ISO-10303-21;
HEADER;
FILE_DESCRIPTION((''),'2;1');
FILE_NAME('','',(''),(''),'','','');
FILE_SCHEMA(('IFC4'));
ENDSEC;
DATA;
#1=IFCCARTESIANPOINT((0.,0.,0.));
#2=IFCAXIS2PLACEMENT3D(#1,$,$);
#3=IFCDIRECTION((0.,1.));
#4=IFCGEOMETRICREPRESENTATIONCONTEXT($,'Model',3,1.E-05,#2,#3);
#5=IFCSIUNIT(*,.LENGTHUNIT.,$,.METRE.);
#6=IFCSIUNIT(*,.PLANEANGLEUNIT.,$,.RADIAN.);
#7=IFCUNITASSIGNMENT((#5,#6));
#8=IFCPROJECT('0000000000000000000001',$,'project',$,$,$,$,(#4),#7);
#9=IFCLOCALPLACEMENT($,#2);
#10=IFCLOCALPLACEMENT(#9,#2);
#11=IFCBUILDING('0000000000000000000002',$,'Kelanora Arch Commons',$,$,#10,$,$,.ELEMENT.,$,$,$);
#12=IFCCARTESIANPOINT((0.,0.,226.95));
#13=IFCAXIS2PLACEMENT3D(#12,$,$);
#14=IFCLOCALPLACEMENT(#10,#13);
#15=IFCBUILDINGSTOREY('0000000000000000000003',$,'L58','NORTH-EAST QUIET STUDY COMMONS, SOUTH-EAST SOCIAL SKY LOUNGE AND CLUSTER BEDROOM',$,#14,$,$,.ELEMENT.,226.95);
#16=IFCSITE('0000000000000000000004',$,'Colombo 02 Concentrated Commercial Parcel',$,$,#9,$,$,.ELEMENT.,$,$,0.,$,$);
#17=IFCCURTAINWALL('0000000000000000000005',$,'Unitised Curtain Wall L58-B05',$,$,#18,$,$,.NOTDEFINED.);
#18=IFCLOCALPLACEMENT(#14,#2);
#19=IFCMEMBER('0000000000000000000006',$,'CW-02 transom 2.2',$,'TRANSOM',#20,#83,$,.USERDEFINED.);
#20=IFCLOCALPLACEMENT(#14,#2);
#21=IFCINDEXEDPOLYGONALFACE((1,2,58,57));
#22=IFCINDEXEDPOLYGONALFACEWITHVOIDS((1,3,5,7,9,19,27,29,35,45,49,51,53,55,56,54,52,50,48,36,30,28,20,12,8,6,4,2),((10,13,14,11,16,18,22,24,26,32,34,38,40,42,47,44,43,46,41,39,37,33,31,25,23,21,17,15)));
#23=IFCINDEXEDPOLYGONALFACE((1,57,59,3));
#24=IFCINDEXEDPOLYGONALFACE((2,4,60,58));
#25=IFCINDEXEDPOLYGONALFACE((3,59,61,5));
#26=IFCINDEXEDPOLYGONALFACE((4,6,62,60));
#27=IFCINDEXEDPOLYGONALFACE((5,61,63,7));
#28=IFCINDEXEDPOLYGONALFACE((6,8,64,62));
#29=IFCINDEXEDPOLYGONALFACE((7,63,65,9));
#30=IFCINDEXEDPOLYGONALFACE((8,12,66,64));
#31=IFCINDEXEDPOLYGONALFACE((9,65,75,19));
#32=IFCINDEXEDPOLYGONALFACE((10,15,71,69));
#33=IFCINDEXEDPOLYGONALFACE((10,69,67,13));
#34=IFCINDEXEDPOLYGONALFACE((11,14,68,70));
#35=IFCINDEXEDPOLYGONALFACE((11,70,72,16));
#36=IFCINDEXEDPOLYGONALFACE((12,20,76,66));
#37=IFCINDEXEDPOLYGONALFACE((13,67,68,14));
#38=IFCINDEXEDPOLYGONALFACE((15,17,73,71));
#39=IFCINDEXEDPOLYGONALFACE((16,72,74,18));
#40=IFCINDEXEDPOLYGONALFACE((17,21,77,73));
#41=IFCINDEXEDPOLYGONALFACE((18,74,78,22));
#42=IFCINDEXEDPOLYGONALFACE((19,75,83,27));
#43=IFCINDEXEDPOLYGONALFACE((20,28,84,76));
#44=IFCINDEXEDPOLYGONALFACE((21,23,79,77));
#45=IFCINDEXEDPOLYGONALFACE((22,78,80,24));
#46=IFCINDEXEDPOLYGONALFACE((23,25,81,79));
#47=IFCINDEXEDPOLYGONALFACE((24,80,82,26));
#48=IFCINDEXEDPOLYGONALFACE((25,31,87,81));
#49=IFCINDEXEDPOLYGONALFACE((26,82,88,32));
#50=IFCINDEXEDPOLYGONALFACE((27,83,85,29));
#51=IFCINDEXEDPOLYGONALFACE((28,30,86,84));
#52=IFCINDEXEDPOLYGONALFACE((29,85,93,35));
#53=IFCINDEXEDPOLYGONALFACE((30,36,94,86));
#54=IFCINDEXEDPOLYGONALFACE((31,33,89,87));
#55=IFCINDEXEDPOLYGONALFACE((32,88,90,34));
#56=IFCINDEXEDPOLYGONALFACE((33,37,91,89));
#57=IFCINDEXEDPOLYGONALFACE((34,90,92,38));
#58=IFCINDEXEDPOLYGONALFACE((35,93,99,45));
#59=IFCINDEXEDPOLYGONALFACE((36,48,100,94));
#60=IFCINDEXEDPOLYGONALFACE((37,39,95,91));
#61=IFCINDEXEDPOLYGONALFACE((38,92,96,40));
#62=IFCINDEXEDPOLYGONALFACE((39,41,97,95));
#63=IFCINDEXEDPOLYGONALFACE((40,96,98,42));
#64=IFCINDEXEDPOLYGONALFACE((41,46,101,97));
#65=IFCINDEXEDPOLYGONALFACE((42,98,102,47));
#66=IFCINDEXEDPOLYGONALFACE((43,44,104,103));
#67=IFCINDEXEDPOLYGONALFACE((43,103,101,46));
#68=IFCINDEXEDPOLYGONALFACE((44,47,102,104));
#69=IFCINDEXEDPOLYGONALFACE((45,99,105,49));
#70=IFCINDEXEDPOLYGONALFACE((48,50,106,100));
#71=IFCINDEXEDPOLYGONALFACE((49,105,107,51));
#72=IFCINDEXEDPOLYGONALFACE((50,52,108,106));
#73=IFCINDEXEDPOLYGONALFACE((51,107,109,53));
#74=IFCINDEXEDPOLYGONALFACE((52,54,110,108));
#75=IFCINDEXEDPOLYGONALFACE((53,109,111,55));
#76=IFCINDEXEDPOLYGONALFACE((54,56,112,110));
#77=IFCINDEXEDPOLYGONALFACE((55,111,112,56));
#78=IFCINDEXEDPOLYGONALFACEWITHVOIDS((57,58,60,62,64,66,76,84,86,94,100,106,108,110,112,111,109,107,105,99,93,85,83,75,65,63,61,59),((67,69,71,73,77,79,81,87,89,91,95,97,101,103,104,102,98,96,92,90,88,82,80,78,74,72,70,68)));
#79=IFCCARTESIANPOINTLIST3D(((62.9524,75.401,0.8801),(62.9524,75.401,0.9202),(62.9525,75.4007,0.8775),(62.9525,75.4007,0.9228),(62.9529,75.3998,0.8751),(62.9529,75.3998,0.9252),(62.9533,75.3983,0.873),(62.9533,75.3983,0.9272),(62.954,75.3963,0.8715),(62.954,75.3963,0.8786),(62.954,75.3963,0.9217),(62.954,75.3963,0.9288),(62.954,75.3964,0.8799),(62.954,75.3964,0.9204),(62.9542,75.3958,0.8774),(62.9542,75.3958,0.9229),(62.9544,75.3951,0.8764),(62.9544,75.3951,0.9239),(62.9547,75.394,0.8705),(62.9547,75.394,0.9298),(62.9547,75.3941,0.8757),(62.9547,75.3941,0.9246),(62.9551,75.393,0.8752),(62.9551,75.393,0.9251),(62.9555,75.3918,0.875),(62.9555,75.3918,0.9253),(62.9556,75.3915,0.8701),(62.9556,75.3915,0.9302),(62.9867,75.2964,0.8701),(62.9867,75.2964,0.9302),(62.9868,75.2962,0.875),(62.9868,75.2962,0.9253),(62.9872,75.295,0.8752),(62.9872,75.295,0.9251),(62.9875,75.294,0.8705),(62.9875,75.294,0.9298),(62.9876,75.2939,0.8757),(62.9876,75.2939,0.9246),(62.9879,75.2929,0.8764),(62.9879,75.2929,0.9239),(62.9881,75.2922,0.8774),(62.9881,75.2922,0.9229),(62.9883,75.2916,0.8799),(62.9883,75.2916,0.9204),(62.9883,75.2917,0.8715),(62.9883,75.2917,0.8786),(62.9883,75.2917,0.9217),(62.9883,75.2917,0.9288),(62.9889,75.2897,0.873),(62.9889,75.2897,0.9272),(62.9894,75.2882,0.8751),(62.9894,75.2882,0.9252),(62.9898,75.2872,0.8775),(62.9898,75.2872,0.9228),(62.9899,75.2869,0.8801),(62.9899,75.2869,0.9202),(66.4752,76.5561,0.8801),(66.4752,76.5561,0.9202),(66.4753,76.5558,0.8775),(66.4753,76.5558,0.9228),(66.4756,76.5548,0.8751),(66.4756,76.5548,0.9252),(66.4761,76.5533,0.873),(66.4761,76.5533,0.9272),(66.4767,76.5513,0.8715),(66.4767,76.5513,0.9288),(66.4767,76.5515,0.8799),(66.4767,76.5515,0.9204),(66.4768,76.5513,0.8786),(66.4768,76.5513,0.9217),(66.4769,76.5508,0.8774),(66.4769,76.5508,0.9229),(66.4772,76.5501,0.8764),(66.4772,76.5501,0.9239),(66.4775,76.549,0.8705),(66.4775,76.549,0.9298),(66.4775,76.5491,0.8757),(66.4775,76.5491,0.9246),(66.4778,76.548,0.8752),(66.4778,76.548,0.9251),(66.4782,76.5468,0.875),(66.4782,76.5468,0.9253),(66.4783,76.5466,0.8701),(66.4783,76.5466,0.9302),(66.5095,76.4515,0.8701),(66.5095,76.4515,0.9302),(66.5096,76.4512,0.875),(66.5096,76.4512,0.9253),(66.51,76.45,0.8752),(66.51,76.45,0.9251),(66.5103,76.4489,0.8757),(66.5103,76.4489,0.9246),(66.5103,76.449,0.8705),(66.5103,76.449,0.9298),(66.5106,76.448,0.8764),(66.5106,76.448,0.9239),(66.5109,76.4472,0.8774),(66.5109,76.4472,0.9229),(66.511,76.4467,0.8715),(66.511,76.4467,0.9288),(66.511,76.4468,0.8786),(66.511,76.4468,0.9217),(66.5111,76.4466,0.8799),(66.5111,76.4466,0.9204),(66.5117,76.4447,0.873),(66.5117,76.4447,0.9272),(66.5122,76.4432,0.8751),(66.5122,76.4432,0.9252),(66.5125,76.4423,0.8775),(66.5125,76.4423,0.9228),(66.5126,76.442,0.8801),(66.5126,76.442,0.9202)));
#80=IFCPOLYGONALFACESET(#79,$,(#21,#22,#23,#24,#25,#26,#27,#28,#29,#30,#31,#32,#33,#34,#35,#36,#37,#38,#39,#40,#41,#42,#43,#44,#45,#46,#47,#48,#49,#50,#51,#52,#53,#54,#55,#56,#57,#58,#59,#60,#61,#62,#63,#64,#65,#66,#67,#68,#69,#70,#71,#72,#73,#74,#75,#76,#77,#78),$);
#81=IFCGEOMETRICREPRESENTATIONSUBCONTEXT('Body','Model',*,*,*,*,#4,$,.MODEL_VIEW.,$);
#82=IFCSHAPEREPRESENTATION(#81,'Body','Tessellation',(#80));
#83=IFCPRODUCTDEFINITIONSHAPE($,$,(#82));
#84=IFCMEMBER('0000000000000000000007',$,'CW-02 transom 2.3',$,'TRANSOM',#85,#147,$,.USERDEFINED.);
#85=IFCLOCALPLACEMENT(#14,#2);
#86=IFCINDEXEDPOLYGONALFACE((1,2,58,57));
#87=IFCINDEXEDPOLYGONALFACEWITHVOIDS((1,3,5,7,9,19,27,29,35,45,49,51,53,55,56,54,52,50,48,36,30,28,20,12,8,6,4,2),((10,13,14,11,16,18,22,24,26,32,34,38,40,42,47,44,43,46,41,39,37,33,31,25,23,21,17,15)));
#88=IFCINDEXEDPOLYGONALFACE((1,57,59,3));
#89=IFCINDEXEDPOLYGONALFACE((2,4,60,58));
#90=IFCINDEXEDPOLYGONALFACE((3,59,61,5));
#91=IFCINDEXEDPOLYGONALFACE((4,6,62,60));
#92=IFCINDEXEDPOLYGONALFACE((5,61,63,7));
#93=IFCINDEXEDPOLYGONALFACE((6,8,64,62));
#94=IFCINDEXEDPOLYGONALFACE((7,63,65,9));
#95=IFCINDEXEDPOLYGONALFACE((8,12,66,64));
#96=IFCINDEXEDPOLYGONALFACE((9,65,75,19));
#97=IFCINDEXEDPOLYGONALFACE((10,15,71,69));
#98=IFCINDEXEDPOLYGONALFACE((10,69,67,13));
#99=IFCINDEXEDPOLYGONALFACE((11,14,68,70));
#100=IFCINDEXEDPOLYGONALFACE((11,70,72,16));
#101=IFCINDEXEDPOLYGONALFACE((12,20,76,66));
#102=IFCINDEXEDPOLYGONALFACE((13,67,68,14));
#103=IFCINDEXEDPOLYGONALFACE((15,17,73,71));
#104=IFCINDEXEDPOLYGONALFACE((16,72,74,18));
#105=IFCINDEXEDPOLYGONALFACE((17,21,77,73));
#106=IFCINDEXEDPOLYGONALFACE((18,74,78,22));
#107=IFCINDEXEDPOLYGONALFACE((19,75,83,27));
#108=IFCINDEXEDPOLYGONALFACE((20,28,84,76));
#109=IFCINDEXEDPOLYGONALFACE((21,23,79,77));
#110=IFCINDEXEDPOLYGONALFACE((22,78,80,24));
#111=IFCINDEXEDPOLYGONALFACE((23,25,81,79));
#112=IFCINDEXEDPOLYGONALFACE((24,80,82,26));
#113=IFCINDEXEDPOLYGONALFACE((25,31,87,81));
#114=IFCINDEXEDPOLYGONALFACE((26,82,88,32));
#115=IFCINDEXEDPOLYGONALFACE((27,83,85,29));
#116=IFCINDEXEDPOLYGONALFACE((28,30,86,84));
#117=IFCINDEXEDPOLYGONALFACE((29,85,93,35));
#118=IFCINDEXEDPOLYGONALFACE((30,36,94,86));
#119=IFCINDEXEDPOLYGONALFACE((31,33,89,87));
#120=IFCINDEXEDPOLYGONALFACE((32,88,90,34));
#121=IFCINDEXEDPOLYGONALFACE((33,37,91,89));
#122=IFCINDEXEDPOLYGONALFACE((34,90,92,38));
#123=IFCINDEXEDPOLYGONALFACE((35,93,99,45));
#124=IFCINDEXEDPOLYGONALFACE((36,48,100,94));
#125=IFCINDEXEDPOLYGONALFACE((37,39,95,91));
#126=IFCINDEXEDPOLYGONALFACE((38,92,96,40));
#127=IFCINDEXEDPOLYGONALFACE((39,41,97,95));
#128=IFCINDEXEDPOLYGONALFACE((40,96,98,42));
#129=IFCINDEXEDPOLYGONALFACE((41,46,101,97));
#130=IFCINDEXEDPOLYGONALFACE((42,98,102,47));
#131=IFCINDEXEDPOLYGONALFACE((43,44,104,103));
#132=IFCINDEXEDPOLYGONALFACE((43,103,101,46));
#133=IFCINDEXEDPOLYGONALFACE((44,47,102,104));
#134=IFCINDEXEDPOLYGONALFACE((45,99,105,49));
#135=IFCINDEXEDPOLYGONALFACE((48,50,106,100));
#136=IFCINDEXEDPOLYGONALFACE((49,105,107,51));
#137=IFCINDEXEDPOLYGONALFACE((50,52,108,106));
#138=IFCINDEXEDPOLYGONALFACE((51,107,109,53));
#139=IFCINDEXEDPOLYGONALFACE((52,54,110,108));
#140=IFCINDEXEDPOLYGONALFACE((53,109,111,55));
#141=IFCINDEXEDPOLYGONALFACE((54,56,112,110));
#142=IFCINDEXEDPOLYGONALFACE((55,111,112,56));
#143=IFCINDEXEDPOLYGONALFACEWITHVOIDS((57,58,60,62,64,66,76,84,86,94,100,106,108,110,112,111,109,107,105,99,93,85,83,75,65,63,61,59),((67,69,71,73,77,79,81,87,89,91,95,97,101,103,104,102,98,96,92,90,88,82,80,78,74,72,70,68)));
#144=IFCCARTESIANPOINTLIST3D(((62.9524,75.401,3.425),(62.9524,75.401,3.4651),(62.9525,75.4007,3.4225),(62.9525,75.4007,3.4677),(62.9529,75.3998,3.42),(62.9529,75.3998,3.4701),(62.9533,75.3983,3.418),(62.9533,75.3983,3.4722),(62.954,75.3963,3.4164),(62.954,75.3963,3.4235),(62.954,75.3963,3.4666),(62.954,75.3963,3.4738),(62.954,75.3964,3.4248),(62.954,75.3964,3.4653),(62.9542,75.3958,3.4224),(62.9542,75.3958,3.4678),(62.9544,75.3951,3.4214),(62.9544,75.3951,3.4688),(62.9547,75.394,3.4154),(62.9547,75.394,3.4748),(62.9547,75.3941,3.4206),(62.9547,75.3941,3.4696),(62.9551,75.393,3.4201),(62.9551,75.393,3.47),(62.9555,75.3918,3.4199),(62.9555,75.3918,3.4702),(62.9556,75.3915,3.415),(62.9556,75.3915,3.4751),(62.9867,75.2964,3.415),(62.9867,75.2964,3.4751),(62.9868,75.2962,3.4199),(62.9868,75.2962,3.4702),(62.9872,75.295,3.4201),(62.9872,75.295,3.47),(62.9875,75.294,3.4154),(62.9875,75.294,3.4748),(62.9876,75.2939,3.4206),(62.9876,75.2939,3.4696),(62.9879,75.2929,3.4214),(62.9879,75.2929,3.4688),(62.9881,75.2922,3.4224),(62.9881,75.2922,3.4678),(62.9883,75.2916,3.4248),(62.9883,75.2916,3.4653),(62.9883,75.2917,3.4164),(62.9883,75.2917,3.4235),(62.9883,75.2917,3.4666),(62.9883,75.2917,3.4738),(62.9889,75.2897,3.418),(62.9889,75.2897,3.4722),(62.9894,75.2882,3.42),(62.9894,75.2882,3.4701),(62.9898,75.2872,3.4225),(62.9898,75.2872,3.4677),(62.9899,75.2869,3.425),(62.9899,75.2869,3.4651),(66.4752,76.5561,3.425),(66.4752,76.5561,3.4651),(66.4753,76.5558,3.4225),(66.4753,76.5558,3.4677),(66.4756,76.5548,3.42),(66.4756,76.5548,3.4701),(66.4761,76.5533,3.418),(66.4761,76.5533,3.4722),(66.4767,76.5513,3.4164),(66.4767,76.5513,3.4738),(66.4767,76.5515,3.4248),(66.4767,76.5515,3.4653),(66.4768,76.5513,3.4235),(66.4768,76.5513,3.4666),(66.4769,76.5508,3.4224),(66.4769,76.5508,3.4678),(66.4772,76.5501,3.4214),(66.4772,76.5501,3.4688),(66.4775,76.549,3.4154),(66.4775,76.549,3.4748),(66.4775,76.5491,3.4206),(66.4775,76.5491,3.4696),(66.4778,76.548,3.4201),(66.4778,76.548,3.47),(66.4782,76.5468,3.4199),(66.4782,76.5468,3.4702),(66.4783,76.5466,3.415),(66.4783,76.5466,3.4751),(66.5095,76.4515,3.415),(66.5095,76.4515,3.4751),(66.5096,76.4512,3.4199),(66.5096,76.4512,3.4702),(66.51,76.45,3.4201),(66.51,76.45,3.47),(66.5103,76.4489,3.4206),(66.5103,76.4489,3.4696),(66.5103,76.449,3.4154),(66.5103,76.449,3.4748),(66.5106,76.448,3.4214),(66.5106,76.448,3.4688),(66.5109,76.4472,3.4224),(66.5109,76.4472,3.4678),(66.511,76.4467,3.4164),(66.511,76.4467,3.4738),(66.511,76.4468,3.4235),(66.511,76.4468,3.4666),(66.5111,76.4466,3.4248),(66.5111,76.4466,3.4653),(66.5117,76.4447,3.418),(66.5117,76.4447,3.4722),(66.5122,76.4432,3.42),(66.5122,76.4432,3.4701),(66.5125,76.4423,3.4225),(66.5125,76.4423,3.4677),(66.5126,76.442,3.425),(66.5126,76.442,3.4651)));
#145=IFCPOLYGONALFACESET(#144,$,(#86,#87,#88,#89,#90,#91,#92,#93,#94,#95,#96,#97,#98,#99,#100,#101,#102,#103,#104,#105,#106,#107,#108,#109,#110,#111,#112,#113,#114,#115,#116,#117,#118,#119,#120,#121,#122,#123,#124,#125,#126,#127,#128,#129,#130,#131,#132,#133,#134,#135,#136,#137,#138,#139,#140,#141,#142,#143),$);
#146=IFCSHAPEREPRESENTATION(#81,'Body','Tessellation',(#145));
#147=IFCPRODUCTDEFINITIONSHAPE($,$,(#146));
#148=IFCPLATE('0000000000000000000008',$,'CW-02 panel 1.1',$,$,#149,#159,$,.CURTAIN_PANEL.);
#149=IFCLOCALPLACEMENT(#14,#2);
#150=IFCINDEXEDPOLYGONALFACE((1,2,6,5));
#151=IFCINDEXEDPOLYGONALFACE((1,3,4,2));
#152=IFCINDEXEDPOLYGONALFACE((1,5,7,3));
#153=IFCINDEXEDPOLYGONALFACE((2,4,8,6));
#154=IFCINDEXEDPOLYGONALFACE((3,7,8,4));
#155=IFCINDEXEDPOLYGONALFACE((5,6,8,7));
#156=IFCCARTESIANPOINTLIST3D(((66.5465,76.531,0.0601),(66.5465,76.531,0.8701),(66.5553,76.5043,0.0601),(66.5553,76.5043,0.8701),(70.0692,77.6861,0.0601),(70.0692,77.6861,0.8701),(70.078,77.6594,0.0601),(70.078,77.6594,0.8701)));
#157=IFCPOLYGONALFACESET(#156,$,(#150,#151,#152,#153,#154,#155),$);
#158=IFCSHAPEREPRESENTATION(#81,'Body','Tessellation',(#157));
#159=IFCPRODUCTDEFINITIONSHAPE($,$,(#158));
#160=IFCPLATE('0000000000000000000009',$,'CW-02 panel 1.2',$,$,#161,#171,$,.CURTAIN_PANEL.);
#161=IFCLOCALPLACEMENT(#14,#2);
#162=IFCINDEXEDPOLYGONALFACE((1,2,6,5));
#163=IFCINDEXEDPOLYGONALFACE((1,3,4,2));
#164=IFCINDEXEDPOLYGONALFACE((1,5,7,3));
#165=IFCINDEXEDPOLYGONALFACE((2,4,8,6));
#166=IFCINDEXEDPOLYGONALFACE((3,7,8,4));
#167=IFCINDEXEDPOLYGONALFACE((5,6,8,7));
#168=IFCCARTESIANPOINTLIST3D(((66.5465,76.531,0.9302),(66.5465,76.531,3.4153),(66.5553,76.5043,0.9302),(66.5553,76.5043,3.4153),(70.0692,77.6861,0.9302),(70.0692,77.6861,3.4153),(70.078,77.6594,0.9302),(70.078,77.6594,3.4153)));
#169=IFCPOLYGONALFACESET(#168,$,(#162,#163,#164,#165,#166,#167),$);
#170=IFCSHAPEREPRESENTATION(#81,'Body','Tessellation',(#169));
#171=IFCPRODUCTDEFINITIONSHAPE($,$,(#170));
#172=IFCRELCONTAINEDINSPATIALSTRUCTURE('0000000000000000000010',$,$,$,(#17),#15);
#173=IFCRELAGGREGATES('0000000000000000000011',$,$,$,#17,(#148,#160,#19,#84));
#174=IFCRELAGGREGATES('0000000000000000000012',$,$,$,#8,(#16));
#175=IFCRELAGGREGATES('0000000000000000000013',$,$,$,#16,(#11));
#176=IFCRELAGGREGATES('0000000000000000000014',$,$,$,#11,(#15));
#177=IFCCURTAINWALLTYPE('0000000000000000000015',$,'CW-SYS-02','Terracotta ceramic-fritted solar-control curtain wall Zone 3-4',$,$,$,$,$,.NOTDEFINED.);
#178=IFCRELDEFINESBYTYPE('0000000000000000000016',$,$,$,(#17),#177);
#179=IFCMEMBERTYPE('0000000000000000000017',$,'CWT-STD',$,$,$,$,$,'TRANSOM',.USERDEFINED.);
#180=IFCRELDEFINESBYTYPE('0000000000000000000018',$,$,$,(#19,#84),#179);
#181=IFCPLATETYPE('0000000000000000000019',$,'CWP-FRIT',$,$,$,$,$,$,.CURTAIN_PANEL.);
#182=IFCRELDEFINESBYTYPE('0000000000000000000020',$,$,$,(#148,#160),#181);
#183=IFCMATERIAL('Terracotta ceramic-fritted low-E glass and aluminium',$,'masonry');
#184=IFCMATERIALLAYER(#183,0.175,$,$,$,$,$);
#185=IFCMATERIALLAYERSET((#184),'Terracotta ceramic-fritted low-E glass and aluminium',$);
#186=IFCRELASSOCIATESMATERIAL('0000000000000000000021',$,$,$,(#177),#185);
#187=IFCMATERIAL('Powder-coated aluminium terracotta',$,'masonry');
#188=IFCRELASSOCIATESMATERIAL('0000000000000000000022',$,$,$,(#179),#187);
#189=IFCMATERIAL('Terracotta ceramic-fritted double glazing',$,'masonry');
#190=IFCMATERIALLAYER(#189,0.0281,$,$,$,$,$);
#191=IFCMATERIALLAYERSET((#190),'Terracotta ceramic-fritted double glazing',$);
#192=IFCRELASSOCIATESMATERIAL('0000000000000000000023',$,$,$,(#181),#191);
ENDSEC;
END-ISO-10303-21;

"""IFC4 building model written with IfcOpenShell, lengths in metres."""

from ifc_helpers import new_model, si_unit, direction, frame, origin, origin_2d, place, context, subcontext, project, spatial, rectangle, hollow_rectangle, extrude, source, transform, mapped, material, layer, layer_set, material_profile, profile_set, type_object, element, aggregate, save


model = new_model("IFC4")

# Units and contexts
model_context = context("Model", 3, precision=1e-05, world=origin(), true_north=direction((0.0, 1.0)))
body_context = subcontext(model_context, "Body", "Model", "MODEL_VIEW")
ifc_project = project(units=[si_unit("LENGTHUNIT", "METRE"), si_unit("PLANEANGLEUNIT", "RADIAN")], contexts=[model_context])

# Site, building, storey
site_placement = place(None, origin())
site = spatial("IfcSite", under=ifc_project, at=site_placement, Name="Colombo 02 Concentrated Commercial Parcel", CompositionType="ELEMENT", RefElevation=0.0)
building_placement = place(site_placement, origin())
building = spatial("IfcBuilding", under=site, at=building_placement, Name="Kelanora Arch Commons", CompositionType="ELEMENT")
storey_placement = place(building_placement, frame((0.0, 0.0, 226.95)))
storey = spatial("IfcBuildingStorey", under=building, at=storey_placement, Name="L58", Description="NORTH-EAST QUIET STUDY COMMONS, SOUTH-EAST SOCIAL SKY LOUNGE AND CLUSTER BEDROOM", CompositionType="ELEMENT", Elevation=226.95)

# Curtain wall, members, plates
ifc_material_1 = material(Name="Terracotta ceramic-fritted low-E glass and aluminium", Category="masonry")
ifc_layer_1 = layer(ifc_material_1, 0.175)
ifc_layer_set_1 = layer_set([ifc_layer_1], Name="Terracotta ceramic-fritted low-E glass and aluminium")
curtain_wall_type = type_object("IfcCurtainWallType", Name="CW-SYS-02", Description="Terracotta ceramic-fritted solar-control curtain wall Zone 3-4", PredefinedType="NOTDEFINED", material=ifc_layer_set_1)
curtain_wall_placement = place(storey_placement, origin())
curtain_wall = element("IfcCurtainWall", 1, at=curtain_wall_placement, inside=storey, type_object=curtain_wall_type, Name="Unitised Curtain Wall L58-B05", PredefinedType="NOTDEFINED")
ifc_material_2 = material(Name="Powder-coated aluminium terracotta", Category="masonry")
ifc_material_profile_1 = material_profile(ifc_material_2, hollow_rectangle(XDim=0.1201, YDim=0.0601, WallThickness=0.0049, InnerFilletRadius=0.0049, OuterFilletRadius=0.01, at=origin_2d()), Name="CWT120x60")
ifc_profile_set_1 = profile_set([ifc_material_profile_1], Name="Powder-coated aluminium terracotta")
member_type_1 = type_object("IfcMemberType", Name="CWT-STD", ElementType="TRANSOM", PredefinedType="USERDEFINED", material=ifc_profile_set_1)
member_1_placement = place(storey_placement, frame((66.4939, 76.499, 0.9001), z_axis=(-0.950226, -0.311561, 0.0), x_axis=(0.311561, -0.950226, 0.0)))
member_1 = element("IfcMember", 2, at=member_1_placement, type_object=member_type_1, Name="CW-02 transom 2.2", ObjectType="TRANSOM", PredefinedType="USERDEFINED", context=body_context, shape_type="SweptSolid", body=[
    extrude(hollow_rectangle(XDim=0.1201, YDim=0.0601, WallThickness=0.0049, InnerFilletRadius=0.0049, OuterFilletRadius=0.01, at=origin_2d()), origin(), (0.0, 0.0, 1.0), 3.7073),
])
member_2_placement = place(storey_placement, frame((66.4939, 76.499, 3.4451), z_axis=(-0.950226, -0.311561, 0.0), x_axis=(0.311561, -0.950226, 0.0)))
member_2 = element("IfcMember", 3, at=member_2_placement, type_object=member_type_1, Name="CW-02 transom 2.3", ObjectType="TRANSOM", PredefinedType="USERDEFINED", context=body_context, shape_type="SweptSolid", body=[
    extrude(hollow_rectangle(XDim=0.1201, YDim=0.0601, WallThickness=0.0049, InnerFilletRadius=0.0049, OuterFilletRadius=0.01, at=origin_2d()), origin(), (0.0, 0.0, 1.0), 3.7073),
])
ifc_material_3 = material(Name="Terracotta ceramic-fritted double glazing", Category="masonry")
ifc_layer_2 = layer(ifc_material_3, 0.0281)
ifc_layer_set_2 = layer_set([ifc_layer_2], Name="Terracotta ceramic-fritted double glazing")
plate_type = type_object("IfcPlateType", Name="CWP-FRIT", PredefinedType="CURTAIN_PANEL", material=ifc_layer_set_2)
shared_shape_1 = source(origin(), body_context, "Body", "SweptSolid", [
    extrude(rectangle(XDim=3.7073, YDim=0.0281, at=origin_2d()), origin(), (0.0, 0.0, 1.0), 0.8101),
])
plate_1_placement = place(storey_placement, frame((68.3123, 77.0952, 0.0601), z_axis=(0.0, 0.0, 1.0), x_axis=(-0.950219, -0.311582, 0.0)))
plate_1 = element("IfcPlate", 4, at=plate_1_placement, type_object=plate_type, Name="CW-02 panel 1.1", PredefinedType="CURTAIN_PANEL", context=body_context, shape_type="MappedRepresentation", body=[
    mapped(shared_shape_1, transform((0.0, 0.0, 0.0), scale=1.0)),
])
shared_shape_2 = source(origin(), body_context, "Body", "SweptSolid", [
    extrude(rectangle(XDim=3.7073, YDim=0.0281, at=origin_2d()), origin(), (0.0, 0.0, 1.0), 2.4851),
])
plate_2_placement = place(storey_placement, frame((68.3123, 77.0952, 0.9302), z_axis=(0.0, 0.0, 1.0), x_axis=(-0.950219, -0.311582, 0.0)))
plate_2 = element("IfcPlate", 5, at=plate_2_placement, type_object=plate_type, Name="CW-02 panel 1.2", PredefinedType="CURTAIN_PANEL", context=body_context, shape_type="MappedRepresentation", body=[
    mapped(shared_shape_2, transform((0.0, 0.0, 0.0), scale=1.0)),
])
aggregate(curtain_wall, [plate_1, plate_2, member_1, member_2])

save(model, "model.ifc")
